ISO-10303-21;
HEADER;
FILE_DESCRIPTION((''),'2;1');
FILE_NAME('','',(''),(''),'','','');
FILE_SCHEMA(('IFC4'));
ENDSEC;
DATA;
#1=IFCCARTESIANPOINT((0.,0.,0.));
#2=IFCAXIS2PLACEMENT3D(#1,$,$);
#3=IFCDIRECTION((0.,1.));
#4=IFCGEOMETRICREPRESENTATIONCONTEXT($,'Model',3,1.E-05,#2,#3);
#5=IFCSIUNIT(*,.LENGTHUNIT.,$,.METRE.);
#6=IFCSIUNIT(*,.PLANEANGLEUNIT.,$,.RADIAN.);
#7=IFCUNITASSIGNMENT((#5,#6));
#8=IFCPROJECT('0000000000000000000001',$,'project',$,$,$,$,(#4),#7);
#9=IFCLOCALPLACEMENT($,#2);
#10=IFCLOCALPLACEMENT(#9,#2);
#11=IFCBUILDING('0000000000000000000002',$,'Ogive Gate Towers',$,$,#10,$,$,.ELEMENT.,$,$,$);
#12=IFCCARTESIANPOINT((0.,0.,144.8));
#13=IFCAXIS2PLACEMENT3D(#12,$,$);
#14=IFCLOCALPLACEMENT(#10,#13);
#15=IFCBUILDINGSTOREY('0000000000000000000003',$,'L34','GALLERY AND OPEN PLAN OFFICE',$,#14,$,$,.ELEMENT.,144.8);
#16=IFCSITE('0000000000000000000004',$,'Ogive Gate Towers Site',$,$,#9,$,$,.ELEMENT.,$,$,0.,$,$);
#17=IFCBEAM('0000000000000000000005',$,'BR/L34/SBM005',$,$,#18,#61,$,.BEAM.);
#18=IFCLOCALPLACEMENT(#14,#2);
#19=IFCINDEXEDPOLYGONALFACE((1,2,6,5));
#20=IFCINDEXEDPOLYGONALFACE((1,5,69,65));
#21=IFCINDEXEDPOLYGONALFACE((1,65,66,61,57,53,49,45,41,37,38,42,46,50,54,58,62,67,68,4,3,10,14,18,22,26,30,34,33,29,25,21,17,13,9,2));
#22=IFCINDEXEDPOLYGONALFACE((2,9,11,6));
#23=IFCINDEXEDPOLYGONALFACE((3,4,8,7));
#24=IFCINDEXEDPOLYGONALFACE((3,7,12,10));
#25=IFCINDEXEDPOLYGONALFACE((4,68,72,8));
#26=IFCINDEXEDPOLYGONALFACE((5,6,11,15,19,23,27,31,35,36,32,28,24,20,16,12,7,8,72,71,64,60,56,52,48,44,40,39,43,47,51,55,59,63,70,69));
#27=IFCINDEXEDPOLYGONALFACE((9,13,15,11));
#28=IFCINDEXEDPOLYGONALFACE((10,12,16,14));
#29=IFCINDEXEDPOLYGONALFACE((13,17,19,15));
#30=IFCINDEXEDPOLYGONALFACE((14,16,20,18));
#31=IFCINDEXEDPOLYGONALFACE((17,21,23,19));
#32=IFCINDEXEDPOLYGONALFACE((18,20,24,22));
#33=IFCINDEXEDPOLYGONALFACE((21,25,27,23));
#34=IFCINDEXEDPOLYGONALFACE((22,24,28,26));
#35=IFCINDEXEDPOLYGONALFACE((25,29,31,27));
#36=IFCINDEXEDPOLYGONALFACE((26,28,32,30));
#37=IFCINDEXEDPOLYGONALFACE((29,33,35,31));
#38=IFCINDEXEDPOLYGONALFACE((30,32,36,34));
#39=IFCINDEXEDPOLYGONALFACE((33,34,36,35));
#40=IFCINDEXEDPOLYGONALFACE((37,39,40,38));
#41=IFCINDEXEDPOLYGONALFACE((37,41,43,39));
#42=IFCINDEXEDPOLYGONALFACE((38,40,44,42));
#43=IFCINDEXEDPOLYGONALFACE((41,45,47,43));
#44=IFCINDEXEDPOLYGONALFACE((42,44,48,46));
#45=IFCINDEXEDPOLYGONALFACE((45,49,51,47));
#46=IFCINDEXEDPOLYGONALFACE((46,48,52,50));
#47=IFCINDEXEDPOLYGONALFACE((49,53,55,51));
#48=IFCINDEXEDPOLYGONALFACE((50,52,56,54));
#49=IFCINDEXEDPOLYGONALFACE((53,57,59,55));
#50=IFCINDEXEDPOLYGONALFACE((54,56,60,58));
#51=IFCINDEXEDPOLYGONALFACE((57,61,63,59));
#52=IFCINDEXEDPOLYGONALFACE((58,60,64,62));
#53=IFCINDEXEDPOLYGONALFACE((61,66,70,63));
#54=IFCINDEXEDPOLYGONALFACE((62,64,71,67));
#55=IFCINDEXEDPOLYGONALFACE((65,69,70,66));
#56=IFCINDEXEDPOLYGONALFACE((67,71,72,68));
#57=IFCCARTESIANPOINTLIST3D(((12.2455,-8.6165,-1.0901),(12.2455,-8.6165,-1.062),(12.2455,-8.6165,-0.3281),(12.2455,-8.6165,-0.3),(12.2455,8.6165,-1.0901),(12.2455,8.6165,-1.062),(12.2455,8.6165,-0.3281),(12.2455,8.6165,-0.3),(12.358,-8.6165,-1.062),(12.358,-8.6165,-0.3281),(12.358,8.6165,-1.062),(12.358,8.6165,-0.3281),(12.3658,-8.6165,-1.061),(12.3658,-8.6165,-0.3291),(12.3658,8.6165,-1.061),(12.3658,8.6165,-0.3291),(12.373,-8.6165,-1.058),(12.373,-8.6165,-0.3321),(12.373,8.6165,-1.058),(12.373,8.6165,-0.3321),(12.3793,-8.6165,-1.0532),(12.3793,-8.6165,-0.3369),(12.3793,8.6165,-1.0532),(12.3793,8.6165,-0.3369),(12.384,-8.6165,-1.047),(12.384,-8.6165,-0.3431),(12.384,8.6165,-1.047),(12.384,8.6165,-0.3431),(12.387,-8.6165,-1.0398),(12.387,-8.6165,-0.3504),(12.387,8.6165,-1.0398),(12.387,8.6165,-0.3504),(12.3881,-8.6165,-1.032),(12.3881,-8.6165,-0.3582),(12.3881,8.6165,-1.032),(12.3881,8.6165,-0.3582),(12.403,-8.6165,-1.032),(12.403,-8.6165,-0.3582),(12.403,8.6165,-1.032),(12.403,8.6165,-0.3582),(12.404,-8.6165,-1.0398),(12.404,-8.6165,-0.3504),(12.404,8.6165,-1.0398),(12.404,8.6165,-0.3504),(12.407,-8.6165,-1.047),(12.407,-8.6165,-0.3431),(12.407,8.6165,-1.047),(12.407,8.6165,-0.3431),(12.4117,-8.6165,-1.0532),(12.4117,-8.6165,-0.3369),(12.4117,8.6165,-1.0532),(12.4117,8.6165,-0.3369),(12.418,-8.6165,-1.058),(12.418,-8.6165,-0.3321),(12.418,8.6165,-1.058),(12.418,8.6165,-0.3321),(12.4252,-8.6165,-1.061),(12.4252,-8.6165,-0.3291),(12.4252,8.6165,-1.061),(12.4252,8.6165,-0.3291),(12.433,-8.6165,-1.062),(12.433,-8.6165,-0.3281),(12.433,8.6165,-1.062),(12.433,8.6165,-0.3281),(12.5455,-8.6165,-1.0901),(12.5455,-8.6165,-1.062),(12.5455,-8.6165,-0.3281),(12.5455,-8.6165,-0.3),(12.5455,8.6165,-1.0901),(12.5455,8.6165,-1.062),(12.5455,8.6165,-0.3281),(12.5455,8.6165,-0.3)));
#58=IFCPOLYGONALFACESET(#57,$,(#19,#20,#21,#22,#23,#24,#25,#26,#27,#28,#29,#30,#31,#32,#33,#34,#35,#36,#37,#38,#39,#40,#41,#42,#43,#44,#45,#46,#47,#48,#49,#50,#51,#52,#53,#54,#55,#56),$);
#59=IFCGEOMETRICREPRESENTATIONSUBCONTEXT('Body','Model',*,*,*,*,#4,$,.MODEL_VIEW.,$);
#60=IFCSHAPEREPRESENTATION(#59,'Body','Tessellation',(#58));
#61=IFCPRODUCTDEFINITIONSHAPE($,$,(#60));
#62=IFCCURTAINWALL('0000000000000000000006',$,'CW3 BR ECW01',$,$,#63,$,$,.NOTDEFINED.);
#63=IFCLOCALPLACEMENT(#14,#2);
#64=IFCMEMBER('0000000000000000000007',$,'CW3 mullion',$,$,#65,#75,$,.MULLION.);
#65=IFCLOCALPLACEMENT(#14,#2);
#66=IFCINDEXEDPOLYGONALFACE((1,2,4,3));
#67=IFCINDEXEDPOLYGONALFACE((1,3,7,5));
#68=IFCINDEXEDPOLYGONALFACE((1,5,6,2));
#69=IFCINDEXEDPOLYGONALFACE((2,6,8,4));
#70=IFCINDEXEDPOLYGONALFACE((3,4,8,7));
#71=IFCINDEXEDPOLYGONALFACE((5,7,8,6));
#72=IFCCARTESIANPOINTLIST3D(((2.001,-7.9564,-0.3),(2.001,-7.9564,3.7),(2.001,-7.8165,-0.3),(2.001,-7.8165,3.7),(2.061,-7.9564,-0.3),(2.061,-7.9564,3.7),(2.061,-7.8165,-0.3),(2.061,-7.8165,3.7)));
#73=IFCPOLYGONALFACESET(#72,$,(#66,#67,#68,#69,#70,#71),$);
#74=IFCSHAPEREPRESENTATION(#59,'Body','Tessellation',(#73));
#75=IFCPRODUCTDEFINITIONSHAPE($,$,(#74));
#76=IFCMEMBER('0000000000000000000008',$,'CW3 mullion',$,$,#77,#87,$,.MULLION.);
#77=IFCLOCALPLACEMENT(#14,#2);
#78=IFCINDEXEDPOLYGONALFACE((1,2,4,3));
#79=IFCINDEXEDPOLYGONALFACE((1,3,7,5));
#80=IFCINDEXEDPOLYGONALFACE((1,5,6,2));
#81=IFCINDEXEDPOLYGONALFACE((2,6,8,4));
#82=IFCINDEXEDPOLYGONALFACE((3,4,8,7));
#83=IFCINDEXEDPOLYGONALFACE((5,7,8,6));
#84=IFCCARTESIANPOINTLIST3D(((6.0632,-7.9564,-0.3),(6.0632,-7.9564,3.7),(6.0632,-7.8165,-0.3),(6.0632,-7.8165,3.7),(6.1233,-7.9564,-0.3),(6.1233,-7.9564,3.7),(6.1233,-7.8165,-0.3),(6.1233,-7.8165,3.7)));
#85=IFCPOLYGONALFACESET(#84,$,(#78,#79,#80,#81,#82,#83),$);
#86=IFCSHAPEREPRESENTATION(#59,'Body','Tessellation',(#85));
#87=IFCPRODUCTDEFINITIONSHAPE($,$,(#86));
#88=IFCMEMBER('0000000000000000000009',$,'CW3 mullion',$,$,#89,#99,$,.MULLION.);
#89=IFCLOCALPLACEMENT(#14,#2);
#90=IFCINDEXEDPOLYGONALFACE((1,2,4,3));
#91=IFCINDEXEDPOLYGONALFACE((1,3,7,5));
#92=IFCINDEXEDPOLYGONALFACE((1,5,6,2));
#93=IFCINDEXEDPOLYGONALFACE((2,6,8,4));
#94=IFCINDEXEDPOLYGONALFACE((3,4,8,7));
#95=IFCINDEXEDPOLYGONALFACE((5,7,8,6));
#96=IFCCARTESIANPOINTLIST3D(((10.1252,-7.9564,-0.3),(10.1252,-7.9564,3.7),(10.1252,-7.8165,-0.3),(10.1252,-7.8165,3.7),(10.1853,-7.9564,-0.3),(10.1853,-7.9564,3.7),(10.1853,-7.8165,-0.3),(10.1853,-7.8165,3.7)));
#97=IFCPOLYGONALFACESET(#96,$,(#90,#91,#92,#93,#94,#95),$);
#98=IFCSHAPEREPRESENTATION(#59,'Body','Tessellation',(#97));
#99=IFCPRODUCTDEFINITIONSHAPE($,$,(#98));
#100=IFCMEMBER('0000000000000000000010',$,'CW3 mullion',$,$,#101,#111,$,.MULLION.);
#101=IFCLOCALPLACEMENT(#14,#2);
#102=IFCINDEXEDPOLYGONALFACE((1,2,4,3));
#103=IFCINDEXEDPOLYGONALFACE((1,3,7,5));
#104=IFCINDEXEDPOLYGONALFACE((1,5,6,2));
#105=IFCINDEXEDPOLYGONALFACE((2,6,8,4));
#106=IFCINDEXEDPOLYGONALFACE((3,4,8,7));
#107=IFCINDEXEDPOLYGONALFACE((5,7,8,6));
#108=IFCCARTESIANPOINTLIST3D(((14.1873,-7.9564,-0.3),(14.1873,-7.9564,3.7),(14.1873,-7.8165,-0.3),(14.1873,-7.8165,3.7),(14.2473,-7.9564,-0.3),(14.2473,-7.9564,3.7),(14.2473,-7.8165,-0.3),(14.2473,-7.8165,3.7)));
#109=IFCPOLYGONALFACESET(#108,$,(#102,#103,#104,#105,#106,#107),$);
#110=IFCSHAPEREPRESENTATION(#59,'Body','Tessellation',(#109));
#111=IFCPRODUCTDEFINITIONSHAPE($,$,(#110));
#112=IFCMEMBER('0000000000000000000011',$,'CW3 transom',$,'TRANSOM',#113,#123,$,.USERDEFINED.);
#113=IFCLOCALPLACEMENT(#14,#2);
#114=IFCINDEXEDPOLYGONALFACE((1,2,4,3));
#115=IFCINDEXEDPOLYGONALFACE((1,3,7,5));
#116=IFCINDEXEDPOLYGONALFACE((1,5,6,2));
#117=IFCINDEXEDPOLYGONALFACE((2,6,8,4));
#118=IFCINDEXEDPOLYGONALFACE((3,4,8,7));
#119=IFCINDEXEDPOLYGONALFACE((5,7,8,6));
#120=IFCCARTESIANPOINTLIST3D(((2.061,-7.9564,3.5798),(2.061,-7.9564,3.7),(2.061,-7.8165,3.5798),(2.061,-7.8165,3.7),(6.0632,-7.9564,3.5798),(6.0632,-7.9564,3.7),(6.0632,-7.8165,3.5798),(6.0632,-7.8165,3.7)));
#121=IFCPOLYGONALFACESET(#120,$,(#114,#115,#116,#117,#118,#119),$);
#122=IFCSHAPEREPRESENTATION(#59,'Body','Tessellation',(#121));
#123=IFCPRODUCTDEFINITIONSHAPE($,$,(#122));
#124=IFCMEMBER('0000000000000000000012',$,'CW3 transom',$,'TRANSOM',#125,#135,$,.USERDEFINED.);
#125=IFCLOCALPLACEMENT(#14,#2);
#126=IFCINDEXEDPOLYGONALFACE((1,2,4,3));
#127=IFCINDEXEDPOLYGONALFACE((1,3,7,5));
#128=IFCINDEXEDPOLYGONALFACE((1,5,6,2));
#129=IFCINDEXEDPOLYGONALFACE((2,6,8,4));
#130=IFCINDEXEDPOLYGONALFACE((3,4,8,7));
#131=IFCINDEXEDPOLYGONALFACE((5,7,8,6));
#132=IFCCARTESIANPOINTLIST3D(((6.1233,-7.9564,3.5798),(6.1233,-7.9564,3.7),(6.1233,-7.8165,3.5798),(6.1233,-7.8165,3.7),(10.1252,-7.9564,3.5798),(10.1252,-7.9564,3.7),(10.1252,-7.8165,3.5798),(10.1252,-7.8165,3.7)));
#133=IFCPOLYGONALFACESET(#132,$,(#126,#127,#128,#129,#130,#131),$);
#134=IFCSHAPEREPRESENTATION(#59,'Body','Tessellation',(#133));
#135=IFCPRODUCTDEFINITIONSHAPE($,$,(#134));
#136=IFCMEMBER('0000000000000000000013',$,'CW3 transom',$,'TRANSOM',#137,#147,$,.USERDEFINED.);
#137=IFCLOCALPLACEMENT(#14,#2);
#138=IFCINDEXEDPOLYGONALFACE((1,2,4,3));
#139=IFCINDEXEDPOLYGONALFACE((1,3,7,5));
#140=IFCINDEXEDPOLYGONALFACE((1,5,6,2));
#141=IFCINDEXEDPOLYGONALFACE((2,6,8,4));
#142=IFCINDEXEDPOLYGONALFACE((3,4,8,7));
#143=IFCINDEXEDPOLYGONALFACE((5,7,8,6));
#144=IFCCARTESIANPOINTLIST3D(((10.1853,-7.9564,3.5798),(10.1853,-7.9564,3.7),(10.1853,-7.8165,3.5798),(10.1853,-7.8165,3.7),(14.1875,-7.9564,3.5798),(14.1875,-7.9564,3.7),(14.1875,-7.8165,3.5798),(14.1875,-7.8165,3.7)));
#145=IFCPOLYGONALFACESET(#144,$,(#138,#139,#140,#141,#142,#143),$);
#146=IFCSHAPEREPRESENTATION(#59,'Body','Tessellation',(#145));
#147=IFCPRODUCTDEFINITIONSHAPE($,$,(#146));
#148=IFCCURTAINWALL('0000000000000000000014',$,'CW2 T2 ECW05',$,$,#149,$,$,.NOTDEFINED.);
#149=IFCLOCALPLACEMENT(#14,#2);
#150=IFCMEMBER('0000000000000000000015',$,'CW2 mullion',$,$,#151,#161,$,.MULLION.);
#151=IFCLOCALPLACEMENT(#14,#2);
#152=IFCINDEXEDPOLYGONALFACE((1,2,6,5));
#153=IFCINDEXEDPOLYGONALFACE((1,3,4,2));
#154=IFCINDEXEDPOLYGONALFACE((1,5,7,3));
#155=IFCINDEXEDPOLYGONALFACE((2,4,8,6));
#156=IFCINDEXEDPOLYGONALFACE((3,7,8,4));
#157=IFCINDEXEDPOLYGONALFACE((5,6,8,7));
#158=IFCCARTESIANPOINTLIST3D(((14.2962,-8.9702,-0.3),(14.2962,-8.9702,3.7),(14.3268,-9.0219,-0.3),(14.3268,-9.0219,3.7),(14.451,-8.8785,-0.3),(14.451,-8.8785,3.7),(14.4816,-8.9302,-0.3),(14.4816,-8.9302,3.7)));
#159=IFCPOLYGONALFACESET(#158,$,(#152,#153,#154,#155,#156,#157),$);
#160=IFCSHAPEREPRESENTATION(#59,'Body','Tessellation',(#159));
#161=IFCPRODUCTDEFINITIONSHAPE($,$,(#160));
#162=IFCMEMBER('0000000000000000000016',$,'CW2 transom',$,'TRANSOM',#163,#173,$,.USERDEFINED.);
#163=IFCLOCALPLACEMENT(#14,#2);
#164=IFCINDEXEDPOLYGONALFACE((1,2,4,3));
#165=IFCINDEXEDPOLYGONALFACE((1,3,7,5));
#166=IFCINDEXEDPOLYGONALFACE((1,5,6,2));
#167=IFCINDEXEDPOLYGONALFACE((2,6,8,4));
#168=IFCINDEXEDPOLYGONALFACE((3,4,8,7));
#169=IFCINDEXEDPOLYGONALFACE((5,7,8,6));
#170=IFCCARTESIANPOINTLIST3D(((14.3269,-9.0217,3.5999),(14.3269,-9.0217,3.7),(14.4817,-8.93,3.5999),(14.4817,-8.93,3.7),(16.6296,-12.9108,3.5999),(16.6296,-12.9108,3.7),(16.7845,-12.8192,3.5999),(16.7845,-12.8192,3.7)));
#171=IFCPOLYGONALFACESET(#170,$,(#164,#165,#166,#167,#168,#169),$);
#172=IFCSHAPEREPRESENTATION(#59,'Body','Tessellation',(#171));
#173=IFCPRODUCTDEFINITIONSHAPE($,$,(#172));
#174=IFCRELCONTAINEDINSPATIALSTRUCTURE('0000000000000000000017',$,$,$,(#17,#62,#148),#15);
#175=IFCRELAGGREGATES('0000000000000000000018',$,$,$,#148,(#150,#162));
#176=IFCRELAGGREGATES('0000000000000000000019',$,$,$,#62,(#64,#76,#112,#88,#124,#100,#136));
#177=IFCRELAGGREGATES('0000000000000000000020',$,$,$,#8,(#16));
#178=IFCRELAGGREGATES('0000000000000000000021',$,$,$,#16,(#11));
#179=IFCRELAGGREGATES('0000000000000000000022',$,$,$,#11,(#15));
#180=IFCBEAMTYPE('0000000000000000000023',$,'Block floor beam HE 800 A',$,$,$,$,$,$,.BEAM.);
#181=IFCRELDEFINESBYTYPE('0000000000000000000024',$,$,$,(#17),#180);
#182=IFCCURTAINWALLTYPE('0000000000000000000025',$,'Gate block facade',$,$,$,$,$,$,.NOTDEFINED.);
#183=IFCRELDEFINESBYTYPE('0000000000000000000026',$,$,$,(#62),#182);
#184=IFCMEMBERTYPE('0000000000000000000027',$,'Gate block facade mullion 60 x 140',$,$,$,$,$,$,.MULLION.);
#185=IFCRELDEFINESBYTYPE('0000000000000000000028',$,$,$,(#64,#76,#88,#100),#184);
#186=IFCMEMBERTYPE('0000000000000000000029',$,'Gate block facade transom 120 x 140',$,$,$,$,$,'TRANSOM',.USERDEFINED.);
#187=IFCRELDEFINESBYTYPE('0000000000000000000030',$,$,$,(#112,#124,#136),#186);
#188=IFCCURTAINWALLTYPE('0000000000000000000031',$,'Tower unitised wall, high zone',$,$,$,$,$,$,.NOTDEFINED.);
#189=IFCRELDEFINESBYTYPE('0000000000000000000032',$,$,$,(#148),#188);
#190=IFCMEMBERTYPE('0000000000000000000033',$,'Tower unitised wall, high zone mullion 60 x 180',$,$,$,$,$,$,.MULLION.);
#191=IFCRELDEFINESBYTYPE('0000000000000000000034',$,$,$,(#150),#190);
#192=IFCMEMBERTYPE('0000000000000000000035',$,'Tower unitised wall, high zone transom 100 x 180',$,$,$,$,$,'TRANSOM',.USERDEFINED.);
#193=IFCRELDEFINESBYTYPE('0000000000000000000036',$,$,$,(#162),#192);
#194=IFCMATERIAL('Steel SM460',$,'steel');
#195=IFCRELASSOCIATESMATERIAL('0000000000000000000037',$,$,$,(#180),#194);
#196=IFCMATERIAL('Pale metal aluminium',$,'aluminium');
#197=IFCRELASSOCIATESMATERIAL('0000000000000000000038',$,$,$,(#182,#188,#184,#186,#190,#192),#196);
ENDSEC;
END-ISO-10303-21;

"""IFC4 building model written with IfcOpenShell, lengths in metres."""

from ifc_helpers import new_model, si_unit, direction, frame, origin, origin_2d, place, context, subcontext, project, spatial, rectangle, i_section, extrude, material, material_profile, profile_set, type_object, element, aggregate, save


model = new_model("IFC4")

# Units and contexts
model_context = context("Model", 3, precision=1e-05, world=origin(), true_north=direction((0.0, 1.0)))
body_context = subcontext(model_context, "Body", "Model", "MODEL_VIEW")
ifc_project = project(units=[si_unit("LENGTHUNIT", "METRE"), si_unit("PLANEANGLEUNIT", "RADIAN")], contexts=[model_context])

# Site, building, storey
site_placement = place(None, origin())
site = spatial("IfcSite", under=ifc_project, at=site_placement, Name="Ogive Gate Towers Site", CompositionType="ELEMENT", RefElevation=0.0)
building_placement = place(site_placement, origin())
building = spatial("IfcBuilding", under=site, at=building_placement, Name="Ogive Gate Towers", CompositionType="ELEMENT")
storey_placement = place(building_placement, frame((0.0, 0.0, 144.8)))
storey = spatial("IfcBuildingStorey", under=building, at=storey_placement, Name="L34", Description="GALLERY AND OPEN PLAN OFFICE", CompositionType="ELEMENT", Elevation=144.8)

# Shared definitions
ifc_material_1 = material(Name="Steel SM460", Category="steel")

# Beam
ifc_material_profile_1 = material_profile(ifc_material_1, i_section(OverallWidth=0.3, OverallDepth=0.79, WebThickness=0.0149, FlangeThickness=0.0281, FilletRadius=0.03, at=origin_2d()), Name="HE 800 A")
ifc_profile_set_1 = profile_set([ifc_material_profile_1], Name="Steel SM460")
beam_type = type_object("IfcBeamType", Name="Block floor beam HE 800 A", PredefinedType="BEAM", material=ifc_profile_set_1)
for number, where, z_axis, x_axis, name in (
    (1, (12.3955, -8.6165, -0.6951), (0.0, 1.0, 0.0), (-1.0, 0.0, 0.0), "BR/L34/SBM005"),
):
    element("IfcBeam", number, at=place(storey_placement, frame(where, z_axis=z_axis, x_axis=x_axis)), inside=storey, type_object=beam_type, Name=name, PredefinedType="BEAM", context=body_context, shape_type="SweptSolid", body=[
        extrude(i_section(OverallWidth=0.3, OverallDepth=0.79, WebThickness=0.0149, FlangeThickness=0.0281, FilletRadius=0.03, at=origin_2d()), origin(), (0.0, 0.0, 1.0), 17.2329),
    ])

# Curtain walls, members
ifc_material_2 = material(Name="Pale metal aluminium", Category="aluminium")
curtain_wall_type_1 = type_object("IfcCurtainWallType", Name="Gate block facade", PredefinedType="NOTDEFINED", material=ifc_material_2)
curtain_wall_1_placement = place(storey_placement, origin())
curtain_wall_1 = element("IfcCurtainWall", 2, at=curtain_wall_1_placement, inside=storey, type_object=curtain_wall_type_1, Name="CW3 BR ECW01", PredefinedType="NOTDEFINED")
ifc_material_profile_2 = material_profile(ifc_material_2, rectangle(XDim=0.1399, YDim=0.0601, at=origin_2d()), Name="60 x 140 aluminium box")
ifc_profile_set_2 = profile_set([ifc_material_profile_2], Name="Pale metal aluminium")
member_type_1 = type_object("IfcMemberType", Name="Gate block facade mullion 60 x 140", PredefinedType="MULLION", material=ifc_profile_set_2)
member_1_placement = place(storey_placement, frame((2.031, -7.8865, -0.3), z_axis=(0.0, 0.0, 1.0), x_axis=(0.0, -1.0, 0.0)))
member_1 = element("IfcMember", 3, at=member_1_placement, type_object=member_type_1, Name="CW3 mullion", PredefinedType="MULLION", context=body_context, shape_type="SweptSolid", body=[
    extrude(rectangle(XDim=0.1399, YDim=0.0601, at=origin_2d()), origin(), (0.0, 0.0, 1.0), 4.0),
])
member_2_placement = place(storey_placement, frame((6.0933, -7.8865, -0.3), z_axis=(0.0, 0.0, 1.0), x_axis=(0.0, -1.0, 0.0)))
member_2 = element("IfcMember", 4, at=member_2_placement, type_object=member_type_1, Name="CW3 mullion", PredefinedType="MULLION", context=body_context, shape_type="SweptSolid", body=[
    extrude(rectangle(XDim=0.1399, YDim=0.0601, at=origin_2d()), origin(), (0.0, 0.0, 1.0), 4.0),
])
member_3_placement = place(storey_placement, frame((10.1553, -7.8865, -0.3), z_axis=(0.0, 0.0, 1.0), x_axis=(0.0, -1.0, 0.0)))
member_3 = element("IfcMember", 5, at=member_3_placement, type_object=member_type_1, Name="CW3 mullion", PredefinedType="MULLION", context=body_context, shape_type="SweptSolid", body=[
    extrude(rectangle(XDim=0.1399, YDim=0.0601, at=origin_2d()), origin(), (0.0, 0.0, 1.0), 4.0),
])
member_4_placement = place(storey_placement, frame((14.2173, -7.8865, -0.3), z_axis=(0.0, 0.0, 1.0), x_axis=(0.0, -1.0, 0.0)))
member_4 = element("IfcMember", 6, at=member_4_placement, type_object=member_type_1, Name="CW3 mullion", PredefinedType="MULLION", context=body_context, shape_type="SweptSolid", body=[
    extrude(rectangle(XDim=0.1399, YDim=0.0601, at=origin_2d()), origin(), (0.0, 0.0, 1.0), 4.0),
])
ifc_material_profile_3 = material_profile(ifc_material_2, rectangle(XDim=0.1399, YDim=0.1201, at=origin_2d()), Name="120 x 140 aluminium box")
ifc_profile_set_3 = profile_set([ifc_material_profile_3], Name="Pale metal aluminium")
member_type_2 = type_object("IfcMemberType", Name="Gate block facade transom 120 x 140", ElementType="TRANSOM", PredefinedType="USERDEFINED", material=ifc_profile_set_3)
member_5_placement = place(storey_placement, frame((2.061, -7.8865, 3.6399), z_axis=(1.0, 0.0, 0.0), x_axis=(0.0, 1.0, 0.0)))
member_5 = element("IfcMember", 7, at=member_5_placement, type_object=member_type_2, Name="CW3 transom", ObjectType="TRANSOM", PredefinedType="USERDEFINED", context=body_context, shape_type="SweptSolid", body=[
    extrude(rectangle(XDim=0.1399, YDim=0.1201, at=origin_2d()), origin(), (0.0, 0.0, 1.0), 4.0022),
])
member_6_placement = place(storey_placement, frame((6.1233, -7.8865, 3.6399), z_axis=(1.0, 0.0, 0.0), x_axis=(0.0, 1.0, 0.0)))
member_6 = element("IfcMember", 8, at=member_6_placement, type_object=member_type_2, Name="CW3 transom", ObjectType="TRANSOM", PredefinedType="USERDEFINED", context=body_context, shape_type="SweptSolid", body=[
    extrude(rectangle(XDim=0.1399, YDim=0.1201, at=origin_2d()), origin(), (0.0, 0.0, 1.0), 4.002),
])
member_7_placement = place(storey_placement, frame((10.1853, -7.8865, 3.6399), z_axis=(1.0, 0.0, 0.0), x_axis=(0.0, 1.0, 0.0)))
member_7 = element("IfcMember", 9, at=member_7_placement, type_object=member_type_2, Name="CW3 transom", ObjectType="TRANSOM", PredefinedType="USERDEFINED", context=body_context, shape_type="SweptSolid", body=[
    extrude(rectangle(XDim=0.1399, YDim=0.1201, at=origin_2d()), origin(), (0.0, 0.0, 1.0), 4.0022),
])
curtain_wall_type_2 = type_object("IfcCurtainWallType", Name="Tower unitised wall, high zone", PredefinedType="NOTDEFINED", material=ifc_material_2)
curtain_wall_2_placement = place(storey_placement, origin())
curtain_wall_2 = element("IfcCurtainWall", 10, at=curtain_wall_2_placement, inside=storey, type_object=curtain_wall_type_2, Name="CW2 T2 ECW05", PredefinedType="NOTDEFINED")
ifc_material_profile_4 = material_profile(ifc_material_2, rectangle(XDim=0.1799, YDim=0.0601, at=origin_2d()), Name="60 x 180 aluminium box")
ifc_profile_set_4 = profile_set([ifc_material_profile_4], Name="Pale metal aluminium")
member_type_3 = type_object("IfcMemberType", Name="Tower unitised wall, high zone mullion 60 x 180", PredefinedType="MULLION", material=ifc_profile_set_4)
member_8_placement = place(storey_placement, frame((14.3889, -8.9502, -0.3), z_axis=(0.0, 0.0, 1.0), x_axis=(-0.860466, -0.509507, 0.0)))
member_8 = element("IfcMember", 11, at=member_8_placement, type_object=member_type_3, Name="CW2 mullion", PredefinedType="MULLION", context=body_context, shape_type="SweptSolid", body=[
    extrude(rectangle(XDim=0.1799, YDim=0.0601, at=origin_2d()), origin(), (0.0, 0.0, 1.0), 4.0),
])
ifc_material_profile_5 = material_profile(ifc_material_2, rectangle(XDim=0.1799, YDim=0.1001, at=origin_2d()), Name="100 x 180 aluminium box")
ifc_profile_set_5 = profile_set([ifc_material_profile_5], Name="Pale metal aluminium")
member_type_4 = type_object("IfcMemberType", Name="Tower unitised wall, high zone transom 100 x 180", ElementType="TRANSOM", PredefinedType="USERDEFINED", material=ifc_profile_set_5)
member_9_placement = place(storey_placement, frame((14.4043, -8.9758, 3.6499), z_axis=(0.509483, -0.860481, 0.0), x_axis=(0.860481, 0.509483, 0.0)))
member_9 = element("IfcMember", 12, at=member_9_placement, type_object=member_type_4, Name="CW2 transom", ObjectType="TRANSOM", PredefinedType="USERDEFINED", context=body_context, shape_type="SweptSolid", body=[
    extrude(rectangle(XDim=0.1799, YDim=0.1001, at=origin_2d()), origin(), (0.0, 0.0, 1.0), 4.5198),
])
aggregate(curtain_wall_2, [member_8, member_9])

aggregate(curtain_wall_1, [member_1, member_2, member_5, member_3, member_6, member_4, member_7])

save(model, "model.ifc")
